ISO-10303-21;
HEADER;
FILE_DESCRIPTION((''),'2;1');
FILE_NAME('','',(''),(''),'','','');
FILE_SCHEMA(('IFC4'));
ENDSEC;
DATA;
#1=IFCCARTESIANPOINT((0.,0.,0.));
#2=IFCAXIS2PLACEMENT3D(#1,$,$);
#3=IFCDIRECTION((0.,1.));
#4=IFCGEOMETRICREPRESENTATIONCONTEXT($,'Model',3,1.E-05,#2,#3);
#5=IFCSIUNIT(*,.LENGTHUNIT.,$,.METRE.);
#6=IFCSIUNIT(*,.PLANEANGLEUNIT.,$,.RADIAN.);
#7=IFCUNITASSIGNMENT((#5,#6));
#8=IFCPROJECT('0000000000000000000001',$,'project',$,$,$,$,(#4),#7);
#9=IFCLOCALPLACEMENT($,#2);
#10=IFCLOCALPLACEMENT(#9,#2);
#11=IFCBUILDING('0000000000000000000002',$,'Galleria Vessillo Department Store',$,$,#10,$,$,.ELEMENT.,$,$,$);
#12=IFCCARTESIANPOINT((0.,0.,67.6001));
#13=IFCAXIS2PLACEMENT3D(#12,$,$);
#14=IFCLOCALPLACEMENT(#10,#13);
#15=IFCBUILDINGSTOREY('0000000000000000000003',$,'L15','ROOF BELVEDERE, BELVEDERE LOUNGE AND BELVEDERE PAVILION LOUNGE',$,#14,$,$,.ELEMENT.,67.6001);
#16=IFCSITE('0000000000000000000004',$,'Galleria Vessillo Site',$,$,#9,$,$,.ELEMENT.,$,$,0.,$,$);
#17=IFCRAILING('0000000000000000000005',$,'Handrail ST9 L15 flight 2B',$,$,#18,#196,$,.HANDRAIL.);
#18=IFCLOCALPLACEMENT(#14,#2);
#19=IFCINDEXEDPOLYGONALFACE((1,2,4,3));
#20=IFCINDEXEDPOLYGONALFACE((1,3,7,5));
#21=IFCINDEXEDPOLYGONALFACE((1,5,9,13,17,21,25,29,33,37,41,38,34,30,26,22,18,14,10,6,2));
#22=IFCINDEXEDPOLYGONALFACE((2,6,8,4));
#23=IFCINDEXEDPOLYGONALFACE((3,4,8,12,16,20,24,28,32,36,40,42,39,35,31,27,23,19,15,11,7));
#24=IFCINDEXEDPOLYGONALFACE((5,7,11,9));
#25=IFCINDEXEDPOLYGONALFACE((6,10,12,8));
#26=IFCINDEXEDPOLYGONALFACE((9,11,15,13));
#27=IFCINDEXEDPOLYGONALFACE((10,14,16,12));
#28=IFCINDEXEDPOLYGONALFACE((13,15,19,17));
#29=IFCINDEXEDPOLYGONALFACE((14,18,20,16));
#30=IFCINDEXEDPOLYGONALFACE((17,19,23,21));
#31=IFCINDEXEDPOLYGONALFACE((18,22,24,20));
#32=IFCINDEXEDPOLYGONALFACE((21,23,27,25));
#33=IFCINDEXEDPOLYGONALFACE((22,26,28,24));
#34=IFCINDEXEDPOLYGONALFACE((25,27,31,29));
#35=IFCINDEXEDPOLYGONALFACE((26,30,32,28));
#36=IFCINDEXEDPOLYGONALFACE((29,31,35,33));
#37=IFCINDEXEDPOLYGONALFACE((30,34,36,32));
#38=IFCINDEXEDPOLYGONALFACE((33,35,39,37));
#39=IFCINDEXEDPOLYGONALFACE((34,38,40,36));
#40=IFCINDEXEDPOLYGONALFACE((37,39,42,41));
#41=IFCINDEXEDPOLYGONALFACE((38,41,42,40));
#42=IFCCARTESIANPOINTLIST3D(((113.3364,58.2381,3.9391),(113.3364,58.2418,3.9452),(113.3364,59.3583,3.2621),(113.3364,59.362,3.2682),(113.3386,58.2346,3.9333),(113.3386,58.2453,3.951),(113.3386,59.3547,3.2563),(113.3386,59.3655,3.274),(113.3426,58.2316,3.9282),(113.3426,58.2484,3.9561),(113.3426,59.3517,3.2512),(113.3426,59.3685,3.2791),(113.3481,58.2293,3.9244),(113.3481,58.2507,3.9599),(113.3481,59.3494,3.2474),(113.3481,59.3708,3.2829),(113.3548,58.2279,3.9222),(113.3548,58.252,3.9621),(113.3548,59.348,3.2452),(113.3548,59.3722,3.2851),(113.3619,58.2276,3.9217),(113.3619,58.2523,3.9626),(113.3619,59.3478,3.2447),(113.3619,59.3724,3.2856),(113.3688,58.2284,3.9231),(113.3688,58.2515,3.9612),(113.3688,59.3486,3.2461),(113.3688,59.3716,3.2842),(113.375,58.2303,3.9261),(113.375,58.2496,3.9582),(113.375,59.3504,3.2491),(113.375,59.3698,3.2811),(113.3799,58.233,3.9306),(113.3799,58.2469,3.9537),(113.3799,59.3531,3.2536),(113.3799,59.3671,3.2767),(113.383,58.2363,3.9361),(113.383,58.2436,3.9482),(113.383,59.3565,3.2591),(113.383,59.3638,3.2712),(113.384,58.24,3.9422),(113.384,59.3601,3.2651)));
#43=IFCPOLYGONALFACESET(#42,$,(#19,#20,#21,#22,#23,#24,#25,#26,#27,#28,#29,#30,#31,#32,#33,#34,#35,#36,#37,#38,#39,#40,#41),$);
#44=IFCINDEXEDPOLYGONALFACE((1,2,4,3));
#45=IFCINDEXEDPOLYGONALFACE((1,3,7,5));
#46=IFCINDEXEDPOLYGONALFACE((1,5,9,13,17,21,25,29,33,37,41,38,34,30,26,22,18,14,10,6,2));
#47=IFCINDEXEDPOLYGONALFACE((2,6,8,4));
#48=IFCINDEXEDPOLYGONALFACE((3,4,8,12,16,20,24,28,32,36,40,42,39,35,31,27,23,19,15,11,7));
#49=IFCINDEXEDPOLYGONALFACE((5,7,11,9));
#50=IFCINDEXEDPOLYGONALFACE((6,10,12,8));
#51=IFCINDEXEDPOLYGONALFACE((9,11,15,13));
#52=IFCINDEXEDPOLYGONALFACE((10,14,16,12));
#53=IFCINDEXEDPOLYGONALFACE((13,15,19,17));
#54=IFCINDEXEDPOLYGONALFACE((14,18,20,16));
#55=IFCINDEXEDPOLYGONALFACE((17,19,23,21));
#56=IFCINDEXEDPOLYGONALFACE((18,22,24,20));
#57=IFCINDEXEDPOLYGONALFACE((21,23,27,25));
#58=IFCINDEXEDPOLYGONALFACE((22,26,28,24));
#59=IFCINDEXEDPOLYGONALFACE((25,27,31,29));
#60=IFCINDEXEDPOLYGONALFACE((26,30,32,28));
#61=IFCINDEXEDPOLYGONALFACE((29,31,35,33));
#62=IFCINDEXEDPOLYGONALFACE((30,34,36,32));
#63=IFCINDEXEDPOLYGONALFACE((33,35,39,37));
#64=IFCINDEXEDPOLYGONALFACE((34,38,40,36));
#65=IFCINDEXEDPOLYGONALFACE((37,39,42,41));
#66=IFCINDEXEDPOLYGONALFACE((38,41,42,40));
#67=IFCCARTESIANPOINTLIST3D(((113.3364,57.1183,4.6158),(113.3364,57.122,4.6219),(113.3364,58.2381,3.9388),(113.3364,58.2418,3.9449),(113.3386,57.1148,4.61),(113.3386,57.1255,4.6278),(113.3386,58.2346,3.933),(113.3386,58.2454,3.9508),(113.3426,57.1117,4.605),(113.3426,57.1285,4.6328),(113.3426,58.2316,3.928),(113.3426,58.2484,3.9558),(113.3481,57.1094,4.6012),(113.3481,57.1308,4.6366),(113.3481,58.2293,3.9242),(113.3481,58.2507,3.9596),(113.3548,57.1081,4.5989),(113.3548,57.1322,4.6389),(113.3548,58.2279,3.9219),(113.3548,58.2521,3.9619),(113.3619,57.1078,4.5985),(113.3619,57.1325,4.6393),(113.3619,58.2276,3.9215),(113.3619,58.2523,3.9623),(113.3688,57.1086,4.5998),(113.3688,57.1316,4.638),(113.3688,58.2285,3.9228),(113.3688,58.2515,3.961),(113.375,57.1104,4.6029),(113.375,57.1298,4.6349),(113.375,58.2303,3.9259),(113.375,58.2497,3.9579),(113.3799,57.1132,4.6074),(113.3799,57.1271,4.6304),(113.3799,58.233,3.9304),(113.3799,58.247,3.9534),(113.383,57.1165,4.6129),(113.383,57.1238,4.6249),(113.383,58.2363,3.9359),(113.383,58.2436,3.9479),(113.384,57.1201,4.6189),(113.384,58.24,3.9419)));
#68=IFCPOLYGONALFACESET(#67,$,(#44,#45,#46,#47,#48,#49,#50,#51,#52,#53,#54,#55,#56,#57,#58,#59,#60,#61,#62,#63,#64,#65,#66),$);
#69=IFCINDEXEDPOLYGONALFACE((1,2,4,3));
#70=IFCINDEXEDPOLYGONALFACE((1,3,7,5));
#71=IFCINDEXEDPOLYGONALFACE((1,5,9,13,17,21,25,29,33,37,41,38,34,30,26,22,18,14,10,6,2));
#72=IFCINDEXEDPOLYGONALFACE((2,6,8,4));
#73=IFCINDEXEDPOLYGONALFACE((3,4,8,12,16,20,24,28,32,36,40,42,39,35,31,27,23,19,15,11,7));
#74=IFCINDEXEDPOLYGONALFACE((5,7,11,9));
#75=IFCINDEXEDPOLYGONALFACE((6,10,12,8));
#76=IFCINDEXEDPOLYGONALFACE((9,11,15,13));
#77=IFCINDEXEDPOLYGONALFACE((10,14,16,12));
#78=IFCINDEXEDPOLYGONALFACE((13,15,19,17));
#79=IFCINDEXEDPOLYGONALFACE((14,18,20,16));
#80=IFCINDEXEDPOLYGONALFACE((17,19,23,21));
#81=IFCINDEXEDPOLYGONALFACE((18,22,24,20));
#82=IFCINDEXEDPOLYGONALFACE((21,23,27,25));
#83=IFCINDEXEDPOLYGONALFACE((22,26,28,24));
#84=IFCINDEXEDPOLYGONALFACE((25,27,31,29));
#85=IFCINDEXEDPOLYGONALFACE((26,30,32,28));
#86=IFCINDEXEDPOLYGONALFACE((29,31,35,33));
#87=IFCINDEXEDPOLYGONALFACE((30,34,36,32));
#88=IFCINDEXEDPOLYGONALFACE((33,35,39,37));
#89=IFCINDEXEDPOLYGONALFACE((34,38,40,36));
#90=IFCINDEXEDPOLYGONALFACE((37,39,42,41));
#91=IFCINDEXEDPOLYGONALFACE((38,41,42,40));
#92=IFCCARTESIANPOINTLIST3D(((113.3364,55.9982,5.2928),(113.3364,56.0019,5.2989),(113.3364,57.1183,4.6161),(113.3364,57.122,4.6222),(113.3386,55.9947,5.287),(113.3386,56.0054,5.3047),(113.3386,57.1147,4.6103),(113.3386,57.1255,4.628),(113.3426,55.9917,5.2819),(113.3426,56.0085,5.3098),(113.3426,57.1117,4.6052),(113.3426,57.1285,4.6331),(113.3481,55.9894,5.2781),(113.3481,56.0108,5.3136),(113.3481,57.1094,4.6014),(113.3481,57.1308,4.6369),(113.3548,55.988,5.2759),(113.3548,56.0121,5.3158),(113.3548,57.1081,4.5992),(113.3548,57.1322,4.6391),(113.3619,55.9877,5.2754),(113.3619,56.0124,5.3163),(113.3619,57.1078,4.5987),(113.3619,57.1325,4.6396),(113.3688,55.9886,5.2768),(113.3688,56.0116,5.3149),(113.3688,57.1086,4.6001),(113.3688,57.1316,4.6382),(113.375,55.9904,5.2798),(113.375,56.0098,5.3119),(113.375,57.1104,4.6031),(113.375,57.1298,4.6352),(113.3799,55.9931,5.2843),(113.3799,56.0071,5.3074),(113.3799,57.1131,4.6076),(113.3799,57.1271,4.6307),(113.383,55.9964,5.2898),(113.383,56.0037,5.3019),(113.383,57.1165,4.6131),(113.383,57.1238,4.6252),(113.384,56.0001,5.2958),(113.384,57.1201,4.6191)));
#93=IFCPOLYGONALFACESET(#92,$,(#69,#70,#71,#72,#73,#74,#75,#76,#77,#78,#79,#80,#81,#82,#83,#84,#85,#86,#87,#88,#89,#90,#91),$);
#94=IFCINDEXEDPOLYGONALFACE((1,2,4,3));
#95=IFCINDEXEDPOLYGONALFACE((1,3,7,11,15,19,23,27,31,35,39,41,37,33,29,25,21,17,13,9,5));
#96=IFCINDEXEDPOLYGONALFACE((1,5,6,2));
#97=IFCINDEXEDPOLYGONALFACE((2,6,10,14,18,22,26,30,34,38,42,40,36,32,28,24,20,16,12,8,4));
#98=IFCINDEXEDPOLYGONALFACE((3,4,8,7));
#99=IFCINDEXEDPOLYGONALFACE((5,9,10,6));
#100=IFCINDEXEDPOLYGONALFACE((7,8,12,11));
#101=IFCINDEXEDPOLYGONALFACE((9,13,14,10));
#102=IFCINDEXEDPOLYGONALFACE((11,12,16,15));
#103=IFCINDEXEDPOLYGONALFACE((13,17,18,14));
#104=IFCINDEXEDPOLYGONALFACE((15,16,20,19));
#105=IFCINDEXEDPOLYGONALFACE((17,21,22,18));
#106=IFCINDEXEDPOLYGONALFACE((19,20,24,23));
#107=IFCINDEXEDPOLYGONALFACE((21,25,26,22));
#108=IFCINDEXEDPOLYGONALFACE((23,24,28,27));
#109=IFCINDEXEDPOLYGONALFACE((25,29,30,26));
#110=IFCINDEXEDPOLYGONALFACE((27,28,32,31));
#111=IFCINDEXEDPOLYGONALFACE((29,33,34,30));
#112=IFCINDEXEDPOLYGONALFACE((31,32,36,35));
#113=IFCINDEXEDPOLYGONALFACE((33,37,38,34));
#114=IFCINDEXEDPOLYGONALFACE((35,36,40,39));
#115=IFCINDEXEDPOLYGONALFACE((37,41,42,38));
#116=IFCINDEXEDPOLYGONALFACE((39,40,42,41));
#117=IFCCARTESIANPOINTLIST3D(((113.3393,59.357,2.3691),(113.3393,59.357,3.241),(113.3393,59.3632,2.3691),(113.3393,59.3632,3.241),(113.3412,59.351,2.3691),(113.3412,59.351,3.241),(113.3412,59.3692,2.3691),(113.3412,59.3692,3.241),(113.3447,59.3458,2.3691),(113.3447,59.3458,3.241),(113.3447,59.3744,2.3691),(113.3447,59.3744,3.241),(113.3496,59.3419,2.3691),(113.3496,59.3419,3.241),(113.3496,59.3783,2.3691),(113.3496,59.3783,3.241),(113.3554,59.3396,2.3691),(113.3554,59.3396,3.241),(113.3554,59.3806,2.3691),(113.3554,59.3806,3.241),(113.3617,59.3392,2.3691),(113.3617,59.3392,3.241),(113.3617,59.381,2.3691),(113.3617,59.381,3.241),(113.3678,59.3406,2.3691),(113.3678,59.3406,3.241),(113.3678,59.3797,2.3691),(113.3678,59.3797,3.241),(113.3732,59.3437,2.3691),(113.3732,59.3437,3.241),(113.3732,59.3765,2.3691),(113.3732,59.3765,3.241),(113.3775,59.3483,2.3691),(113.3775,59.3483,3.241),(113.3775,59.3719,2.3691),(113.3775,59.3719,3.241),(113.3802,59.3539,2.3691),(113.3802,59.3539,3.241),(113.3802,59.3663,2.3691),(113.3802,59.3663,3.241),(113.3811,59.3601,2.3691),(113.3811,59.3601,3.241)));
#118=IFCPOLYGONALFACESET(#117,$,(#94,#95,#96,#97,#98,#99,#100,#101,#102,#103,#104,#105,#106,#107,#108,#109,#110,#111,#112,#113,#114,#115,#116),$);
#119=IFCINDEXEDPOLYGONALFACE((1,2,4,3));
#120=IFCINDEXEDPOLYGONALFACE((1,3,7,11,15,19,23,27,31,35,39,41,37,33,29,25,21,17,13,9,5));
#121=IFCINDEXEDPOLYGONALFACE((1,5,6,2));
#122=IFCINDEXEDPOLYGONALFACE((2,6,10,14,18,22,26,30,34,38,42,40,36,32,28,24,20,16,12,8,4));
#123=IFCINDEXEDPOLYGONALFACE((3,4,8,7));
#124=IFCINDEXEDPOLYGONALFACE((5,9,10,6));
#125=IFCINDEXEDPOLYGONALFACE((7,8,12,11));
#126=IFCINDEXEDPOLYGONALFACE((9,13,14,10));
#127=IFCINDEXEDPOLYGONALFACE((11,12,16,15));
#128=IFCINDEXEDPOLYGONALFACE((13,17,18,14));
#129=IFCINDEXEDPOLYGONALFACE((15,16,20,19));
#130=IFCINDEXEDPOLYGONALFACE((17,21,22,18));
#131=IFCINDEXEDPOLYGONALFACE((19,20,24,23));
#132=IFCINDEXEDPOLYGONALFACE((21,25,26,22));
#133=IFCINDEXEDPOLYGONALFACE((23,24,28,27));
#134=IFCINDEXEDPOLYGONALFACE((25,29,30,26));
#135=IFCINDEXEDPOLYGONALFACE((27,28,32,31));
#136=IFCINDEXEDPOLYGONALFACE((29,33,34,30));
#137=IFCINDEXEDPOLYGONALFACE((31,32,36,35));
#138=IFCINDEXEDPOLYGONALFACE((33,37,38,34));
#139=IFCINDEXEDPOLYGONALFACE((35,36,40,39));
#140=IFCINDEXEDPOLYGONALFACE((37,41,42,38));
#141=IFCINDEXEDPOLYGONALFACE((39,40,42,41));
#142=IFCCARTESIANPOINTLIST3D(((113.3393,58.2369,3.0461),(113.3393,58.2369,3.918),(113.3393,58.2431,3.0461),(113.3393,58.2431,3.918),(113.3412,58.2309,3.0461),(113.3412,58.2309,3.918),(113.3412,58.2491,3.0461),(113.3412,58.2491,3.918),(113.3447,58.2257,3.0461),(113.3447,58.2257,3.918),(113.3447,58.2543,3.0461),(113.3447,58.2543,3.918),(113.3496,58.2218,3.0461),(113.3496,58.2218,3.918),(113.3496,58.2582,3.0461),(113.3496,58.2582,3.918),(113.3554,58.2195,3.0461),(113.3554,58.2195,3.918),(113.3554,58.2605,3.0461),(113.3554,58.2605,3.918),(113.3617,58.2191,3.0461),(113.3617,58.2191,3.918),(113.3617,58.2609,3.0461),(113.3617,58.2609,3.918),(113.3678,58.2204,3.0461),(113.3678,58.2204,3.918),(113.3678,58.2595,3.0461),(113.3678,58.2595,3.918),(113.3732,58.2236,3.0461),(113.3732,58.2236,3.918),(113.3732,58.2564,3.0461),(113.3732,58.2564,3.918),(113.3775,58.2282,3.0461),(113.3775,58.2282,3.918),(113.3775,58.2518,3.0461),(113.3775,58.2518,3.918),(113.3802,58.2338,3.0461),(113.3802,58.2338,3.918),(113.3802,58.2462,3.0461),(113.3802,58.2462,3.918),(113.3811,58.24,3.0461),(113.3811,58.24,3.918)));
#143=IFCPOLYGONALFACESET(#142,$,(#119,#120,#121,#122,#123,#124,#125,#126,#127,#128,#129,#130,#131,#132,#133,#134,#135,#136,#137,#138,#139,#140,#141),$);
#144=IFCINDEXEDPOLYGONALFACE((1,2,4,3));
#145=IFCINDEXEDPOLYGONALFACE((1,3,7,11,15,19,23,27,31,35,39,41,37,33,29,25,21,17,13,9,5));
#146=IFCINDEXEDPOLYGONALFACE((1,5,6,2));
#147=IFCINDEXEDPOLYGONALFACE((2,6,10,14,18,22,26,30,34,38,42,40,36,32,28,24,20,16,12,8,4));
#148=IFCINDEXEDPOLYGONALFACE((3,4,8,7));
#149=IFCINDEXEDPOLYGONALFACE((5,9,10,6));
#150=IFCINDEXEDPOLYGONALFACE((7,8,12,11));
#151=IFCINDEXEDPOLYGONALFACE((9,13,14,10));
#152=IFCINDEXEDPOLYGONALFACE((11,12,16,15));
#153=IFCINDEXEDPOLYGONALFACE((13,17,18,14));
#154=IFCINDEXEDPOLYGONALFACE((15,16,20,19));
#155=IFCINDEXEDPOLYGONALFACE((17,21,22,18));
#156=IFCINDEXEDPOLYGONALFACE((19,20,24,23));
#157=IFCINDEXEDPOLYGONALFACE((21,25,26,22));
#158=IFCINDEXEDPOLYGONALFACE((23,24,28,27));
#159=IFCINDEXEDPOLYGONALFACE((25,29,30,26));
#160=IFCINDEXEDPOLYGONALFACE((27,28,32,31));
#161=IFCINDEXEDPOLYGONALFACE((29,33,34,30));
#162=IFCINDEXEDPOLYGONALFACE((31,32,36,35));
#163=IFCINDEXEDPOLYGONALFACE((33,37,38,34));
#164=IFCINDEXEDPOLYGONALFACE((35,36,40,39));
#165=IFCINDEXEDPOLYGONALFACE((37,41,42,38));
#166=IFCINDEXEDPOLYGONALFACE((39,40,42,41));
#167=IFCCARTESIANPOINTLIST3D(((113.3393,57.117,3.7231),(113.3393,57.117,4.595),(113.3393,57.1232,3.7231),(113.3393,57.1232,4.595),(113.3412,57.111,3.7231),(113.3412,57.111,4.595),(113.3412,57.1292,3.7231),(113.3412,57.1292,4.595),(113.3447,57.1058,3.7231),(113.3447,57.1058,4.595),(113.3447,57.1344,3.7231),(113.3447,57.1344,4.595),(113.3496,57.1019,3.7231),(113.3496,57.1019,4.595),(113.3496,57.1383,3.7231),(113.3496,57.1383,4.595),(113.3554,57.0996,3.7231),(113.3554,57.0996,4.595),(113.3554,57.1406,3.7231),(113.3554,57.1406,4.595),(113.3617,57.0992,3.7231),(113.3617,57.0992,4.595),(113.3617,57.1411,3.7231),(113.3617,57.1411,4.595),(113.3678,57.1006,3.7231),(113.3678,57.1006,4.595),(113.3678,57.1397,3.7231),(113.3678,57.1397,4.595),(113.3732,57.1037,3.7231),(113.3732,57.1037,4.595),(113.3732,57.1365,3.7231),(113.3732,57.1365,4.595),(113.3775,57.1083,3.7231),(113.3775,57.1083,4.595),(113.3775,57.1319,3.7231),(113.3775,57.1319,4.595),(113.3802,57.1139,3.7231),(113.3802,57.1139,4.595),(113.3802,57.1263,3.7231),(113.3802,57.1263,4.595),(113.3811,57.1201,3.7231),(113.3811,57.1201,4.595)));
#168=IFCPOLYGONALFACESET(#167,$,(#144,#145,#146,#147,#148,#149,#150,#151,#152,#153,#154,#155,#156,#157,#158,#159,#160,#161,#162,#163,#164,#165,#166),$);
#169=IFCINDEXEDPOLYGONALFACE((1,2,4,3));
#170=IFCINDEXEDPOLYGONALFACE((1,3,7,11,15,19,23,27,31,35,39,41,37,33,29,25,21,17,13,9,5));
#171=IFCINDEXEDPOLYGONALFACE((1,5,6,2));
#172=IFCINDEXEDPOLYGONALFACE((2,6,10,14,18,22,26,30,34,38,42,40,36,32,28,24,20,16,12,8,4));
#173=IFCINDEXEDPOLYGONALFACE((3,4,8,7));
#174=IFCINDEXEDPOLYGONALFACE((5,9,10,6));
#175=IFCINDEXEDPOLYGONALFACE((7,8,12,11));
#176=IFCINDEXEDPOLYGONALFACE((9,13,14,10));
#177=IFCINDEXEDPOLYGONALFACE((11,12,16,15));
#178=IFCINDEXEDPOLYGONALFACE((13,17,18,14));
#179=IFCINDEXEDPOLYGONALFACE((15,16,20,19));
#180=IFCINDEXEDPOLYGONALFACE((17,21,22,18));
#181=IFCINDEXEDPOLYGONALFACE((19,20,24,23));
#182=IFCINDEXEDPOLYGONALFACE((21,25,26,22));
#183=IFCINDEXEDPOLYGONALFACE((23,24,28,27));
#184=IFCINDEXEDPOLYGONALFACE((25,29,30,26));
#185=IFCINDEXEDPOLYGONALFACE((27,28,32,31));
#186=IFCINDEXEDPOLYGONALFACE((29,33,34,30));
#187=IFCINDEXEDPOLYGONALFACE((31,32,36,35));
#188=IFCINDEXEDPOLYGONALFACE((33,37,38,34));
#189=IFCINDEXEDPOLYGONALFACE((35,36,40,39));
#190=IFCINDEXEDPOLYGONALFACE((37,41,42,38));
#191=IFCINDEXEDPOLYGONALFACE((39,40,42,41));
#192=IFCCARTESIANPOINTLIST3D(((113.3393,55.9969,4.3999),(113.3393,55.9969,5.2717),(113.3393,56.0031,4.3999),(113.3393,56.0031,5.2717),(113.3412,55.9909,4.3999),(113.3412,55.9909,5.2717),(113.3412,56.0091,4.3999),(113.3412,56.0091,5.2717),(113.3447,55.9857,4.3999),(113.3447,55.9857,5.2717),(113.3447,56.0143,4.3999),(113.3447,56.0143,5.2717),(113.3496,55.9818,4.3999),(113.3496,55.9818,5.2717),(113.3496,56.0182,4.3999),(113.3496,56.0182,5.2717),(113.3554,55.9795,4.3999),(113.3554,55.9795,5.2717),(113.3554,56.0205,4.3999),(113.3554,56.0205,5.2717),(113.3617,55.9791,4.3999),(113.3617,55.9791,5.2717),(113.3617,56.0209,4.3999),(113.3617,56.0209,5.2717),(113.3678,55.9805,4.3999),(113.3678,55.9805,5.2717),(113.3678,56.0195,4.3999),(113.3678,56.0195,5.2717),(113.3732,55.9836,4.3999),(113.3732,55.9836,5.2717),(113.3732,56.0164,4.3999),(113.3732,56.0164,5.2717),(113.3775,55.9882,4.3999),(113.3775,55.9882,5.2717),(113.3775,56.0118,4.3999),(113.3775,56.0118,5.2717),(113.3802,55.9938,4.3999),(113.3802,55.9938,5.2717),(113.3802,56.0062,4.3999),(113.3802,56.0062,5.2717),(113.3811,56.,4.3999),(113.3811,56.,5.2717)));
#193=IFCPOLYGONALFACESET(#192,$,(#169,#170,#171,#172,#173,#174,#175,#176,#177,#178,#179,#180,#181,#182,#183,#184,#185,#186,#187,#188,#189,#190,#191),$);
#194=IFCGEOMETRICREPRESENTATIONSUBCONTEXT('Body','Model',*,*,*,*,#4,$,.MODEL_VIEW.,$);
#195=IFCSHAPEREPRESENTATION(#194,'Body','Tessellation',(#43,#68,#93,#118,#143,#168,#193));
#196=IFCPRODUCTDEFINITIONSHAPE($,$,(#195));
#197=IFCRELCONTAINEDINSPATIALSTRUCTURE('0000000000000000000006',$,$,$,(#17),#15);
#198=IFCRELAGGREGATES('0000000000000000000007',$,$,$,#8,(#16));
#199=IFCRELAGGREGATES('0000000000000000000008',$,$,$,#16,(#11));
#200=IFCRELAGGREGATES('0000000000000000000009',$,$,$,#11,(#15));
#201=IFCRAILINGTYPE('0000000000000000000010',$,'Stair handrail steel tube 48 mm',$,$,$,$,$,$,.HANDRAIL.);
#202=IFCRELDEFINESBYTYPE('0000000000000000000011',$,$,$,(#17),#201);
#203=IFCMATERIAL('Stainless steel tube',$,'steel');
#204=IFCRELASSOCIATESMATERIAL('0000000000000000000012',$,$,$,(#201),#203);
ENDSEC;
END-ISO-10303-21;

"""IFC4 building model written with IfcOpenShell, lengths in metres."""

from ifc_helpers import new_model, si_unit, direction, frame, origin, origin_2d, place, context, subcontext, project, spatial, circle, extrude, material, type_object, element, save


model = new_model("IFC4")

# Units and contexts
model_context = context("Model", 3, precision=1e-05, world=origin(), true_north=direction((0.0, 1.0)))
body_context = subcontext(model_context, "Body", "Model", "MODEL_VIEW")
ifc_project = project(units=[si_unit("LENGTHUNIT", "METRE"), si_unit("PLANEANGLEUNIT", "RADIAN")], contexts=[model_context])

# Site, building, storey
site_placement = place(None, origin())
site = spatial("IfcSite", under=ifc_project, at=site_placement, Name="Galleria Vessillo Site", CompositionType="ELEMENT", RefElevation=0.0)
building_placement = place(site_placement, origin())
building = spatial("IfcBuilding", under=site, at=building_placement, Name="Galleria Vessillo Department Store", CompositionType="ELEMENT")
storey_placement = place(building_placement, frame((0.0, 0.0, 67.6001)))
storey = spatial("IfcBuildingStorey", under=building, at=storey_placement, Name="L15", Description="ROOF BELVEDERE, BELVEDERE LOUNGE AND BELVEDERE PAVILION LOUNGE", CompositionType="ELEMENT", Elevation=67.6001)

# Railing
ifc_material_1 = material(Name="Stainless steel tube", Category="steel")
railing_type_1 = type_object("IfcRailingType", Name="Stair handrail steel tube 48 mm", PredefinedType="HANDRAIL", material=ifc_material_1)
for number, where, name in (
    (1, (113.3601, 59.3601, 2.3691), "Handrail ST9 L15 flight 2B"),
):
    element("IfcRailing", number, at=place(storey_placement, frame(where)), inside=storey, type_object=railing_type_1, Name=name, PredefinedType="HANDRAIL", context=body_context, shape_type="SweptSolid", body=[
        extrude(circle(Radius=0.0239, at=origin_2d()), frame((0.0, 0.0, 0.896), z_axis=(0.0, -0.855826, 0.517264), x_axis=(1.0, 0.0, 0.0)), (0.0, 0.0, 1.0), 1.3088),
        extrude(circle(Radius=0.0239, at=origin_2d()), frame((0.0, -1.1201, 1.5728), z_axis=(0.0, -0.855776, 0.517346), x_axis=(1.0, 0.0, 0.0)), (0.0, 0.0, 1.0), 1.3086),
        extrude(circle(Radius=0.0239, at=origin_2d()), frame((0.0, -2.24, 2.25), z_axis=(0.0, -0.855909, 0.517127), x_axis=(1.0, 0.0, 0.0)), (0.0, 0.0, 1.0), 1.3086),
        extrude(circle(Radius=0.021, at=origin_2d()), origin(), (0.0, 0.0, 1.0), 0.8718),
        extrude(circle(Radius=0.021, at=origin_2d()), frame((0.0, -1.1201, 0.677)), (0.0, 0.0, 1.0), 0.8718),
        extrude(circle(Radius=0.021, at=origin_2d()), frame((0.0, -2.24, 1.354)), (0.0, 0.0, 1.0), 0.8718),
        extrude(circle(Radius=0.021, at=origin_2d()), frame((0.0, -3.3601, 2.0308)), (0.0, 0.0, 1.0), 0.8718),
    ])

save(model, "model.ifc")
